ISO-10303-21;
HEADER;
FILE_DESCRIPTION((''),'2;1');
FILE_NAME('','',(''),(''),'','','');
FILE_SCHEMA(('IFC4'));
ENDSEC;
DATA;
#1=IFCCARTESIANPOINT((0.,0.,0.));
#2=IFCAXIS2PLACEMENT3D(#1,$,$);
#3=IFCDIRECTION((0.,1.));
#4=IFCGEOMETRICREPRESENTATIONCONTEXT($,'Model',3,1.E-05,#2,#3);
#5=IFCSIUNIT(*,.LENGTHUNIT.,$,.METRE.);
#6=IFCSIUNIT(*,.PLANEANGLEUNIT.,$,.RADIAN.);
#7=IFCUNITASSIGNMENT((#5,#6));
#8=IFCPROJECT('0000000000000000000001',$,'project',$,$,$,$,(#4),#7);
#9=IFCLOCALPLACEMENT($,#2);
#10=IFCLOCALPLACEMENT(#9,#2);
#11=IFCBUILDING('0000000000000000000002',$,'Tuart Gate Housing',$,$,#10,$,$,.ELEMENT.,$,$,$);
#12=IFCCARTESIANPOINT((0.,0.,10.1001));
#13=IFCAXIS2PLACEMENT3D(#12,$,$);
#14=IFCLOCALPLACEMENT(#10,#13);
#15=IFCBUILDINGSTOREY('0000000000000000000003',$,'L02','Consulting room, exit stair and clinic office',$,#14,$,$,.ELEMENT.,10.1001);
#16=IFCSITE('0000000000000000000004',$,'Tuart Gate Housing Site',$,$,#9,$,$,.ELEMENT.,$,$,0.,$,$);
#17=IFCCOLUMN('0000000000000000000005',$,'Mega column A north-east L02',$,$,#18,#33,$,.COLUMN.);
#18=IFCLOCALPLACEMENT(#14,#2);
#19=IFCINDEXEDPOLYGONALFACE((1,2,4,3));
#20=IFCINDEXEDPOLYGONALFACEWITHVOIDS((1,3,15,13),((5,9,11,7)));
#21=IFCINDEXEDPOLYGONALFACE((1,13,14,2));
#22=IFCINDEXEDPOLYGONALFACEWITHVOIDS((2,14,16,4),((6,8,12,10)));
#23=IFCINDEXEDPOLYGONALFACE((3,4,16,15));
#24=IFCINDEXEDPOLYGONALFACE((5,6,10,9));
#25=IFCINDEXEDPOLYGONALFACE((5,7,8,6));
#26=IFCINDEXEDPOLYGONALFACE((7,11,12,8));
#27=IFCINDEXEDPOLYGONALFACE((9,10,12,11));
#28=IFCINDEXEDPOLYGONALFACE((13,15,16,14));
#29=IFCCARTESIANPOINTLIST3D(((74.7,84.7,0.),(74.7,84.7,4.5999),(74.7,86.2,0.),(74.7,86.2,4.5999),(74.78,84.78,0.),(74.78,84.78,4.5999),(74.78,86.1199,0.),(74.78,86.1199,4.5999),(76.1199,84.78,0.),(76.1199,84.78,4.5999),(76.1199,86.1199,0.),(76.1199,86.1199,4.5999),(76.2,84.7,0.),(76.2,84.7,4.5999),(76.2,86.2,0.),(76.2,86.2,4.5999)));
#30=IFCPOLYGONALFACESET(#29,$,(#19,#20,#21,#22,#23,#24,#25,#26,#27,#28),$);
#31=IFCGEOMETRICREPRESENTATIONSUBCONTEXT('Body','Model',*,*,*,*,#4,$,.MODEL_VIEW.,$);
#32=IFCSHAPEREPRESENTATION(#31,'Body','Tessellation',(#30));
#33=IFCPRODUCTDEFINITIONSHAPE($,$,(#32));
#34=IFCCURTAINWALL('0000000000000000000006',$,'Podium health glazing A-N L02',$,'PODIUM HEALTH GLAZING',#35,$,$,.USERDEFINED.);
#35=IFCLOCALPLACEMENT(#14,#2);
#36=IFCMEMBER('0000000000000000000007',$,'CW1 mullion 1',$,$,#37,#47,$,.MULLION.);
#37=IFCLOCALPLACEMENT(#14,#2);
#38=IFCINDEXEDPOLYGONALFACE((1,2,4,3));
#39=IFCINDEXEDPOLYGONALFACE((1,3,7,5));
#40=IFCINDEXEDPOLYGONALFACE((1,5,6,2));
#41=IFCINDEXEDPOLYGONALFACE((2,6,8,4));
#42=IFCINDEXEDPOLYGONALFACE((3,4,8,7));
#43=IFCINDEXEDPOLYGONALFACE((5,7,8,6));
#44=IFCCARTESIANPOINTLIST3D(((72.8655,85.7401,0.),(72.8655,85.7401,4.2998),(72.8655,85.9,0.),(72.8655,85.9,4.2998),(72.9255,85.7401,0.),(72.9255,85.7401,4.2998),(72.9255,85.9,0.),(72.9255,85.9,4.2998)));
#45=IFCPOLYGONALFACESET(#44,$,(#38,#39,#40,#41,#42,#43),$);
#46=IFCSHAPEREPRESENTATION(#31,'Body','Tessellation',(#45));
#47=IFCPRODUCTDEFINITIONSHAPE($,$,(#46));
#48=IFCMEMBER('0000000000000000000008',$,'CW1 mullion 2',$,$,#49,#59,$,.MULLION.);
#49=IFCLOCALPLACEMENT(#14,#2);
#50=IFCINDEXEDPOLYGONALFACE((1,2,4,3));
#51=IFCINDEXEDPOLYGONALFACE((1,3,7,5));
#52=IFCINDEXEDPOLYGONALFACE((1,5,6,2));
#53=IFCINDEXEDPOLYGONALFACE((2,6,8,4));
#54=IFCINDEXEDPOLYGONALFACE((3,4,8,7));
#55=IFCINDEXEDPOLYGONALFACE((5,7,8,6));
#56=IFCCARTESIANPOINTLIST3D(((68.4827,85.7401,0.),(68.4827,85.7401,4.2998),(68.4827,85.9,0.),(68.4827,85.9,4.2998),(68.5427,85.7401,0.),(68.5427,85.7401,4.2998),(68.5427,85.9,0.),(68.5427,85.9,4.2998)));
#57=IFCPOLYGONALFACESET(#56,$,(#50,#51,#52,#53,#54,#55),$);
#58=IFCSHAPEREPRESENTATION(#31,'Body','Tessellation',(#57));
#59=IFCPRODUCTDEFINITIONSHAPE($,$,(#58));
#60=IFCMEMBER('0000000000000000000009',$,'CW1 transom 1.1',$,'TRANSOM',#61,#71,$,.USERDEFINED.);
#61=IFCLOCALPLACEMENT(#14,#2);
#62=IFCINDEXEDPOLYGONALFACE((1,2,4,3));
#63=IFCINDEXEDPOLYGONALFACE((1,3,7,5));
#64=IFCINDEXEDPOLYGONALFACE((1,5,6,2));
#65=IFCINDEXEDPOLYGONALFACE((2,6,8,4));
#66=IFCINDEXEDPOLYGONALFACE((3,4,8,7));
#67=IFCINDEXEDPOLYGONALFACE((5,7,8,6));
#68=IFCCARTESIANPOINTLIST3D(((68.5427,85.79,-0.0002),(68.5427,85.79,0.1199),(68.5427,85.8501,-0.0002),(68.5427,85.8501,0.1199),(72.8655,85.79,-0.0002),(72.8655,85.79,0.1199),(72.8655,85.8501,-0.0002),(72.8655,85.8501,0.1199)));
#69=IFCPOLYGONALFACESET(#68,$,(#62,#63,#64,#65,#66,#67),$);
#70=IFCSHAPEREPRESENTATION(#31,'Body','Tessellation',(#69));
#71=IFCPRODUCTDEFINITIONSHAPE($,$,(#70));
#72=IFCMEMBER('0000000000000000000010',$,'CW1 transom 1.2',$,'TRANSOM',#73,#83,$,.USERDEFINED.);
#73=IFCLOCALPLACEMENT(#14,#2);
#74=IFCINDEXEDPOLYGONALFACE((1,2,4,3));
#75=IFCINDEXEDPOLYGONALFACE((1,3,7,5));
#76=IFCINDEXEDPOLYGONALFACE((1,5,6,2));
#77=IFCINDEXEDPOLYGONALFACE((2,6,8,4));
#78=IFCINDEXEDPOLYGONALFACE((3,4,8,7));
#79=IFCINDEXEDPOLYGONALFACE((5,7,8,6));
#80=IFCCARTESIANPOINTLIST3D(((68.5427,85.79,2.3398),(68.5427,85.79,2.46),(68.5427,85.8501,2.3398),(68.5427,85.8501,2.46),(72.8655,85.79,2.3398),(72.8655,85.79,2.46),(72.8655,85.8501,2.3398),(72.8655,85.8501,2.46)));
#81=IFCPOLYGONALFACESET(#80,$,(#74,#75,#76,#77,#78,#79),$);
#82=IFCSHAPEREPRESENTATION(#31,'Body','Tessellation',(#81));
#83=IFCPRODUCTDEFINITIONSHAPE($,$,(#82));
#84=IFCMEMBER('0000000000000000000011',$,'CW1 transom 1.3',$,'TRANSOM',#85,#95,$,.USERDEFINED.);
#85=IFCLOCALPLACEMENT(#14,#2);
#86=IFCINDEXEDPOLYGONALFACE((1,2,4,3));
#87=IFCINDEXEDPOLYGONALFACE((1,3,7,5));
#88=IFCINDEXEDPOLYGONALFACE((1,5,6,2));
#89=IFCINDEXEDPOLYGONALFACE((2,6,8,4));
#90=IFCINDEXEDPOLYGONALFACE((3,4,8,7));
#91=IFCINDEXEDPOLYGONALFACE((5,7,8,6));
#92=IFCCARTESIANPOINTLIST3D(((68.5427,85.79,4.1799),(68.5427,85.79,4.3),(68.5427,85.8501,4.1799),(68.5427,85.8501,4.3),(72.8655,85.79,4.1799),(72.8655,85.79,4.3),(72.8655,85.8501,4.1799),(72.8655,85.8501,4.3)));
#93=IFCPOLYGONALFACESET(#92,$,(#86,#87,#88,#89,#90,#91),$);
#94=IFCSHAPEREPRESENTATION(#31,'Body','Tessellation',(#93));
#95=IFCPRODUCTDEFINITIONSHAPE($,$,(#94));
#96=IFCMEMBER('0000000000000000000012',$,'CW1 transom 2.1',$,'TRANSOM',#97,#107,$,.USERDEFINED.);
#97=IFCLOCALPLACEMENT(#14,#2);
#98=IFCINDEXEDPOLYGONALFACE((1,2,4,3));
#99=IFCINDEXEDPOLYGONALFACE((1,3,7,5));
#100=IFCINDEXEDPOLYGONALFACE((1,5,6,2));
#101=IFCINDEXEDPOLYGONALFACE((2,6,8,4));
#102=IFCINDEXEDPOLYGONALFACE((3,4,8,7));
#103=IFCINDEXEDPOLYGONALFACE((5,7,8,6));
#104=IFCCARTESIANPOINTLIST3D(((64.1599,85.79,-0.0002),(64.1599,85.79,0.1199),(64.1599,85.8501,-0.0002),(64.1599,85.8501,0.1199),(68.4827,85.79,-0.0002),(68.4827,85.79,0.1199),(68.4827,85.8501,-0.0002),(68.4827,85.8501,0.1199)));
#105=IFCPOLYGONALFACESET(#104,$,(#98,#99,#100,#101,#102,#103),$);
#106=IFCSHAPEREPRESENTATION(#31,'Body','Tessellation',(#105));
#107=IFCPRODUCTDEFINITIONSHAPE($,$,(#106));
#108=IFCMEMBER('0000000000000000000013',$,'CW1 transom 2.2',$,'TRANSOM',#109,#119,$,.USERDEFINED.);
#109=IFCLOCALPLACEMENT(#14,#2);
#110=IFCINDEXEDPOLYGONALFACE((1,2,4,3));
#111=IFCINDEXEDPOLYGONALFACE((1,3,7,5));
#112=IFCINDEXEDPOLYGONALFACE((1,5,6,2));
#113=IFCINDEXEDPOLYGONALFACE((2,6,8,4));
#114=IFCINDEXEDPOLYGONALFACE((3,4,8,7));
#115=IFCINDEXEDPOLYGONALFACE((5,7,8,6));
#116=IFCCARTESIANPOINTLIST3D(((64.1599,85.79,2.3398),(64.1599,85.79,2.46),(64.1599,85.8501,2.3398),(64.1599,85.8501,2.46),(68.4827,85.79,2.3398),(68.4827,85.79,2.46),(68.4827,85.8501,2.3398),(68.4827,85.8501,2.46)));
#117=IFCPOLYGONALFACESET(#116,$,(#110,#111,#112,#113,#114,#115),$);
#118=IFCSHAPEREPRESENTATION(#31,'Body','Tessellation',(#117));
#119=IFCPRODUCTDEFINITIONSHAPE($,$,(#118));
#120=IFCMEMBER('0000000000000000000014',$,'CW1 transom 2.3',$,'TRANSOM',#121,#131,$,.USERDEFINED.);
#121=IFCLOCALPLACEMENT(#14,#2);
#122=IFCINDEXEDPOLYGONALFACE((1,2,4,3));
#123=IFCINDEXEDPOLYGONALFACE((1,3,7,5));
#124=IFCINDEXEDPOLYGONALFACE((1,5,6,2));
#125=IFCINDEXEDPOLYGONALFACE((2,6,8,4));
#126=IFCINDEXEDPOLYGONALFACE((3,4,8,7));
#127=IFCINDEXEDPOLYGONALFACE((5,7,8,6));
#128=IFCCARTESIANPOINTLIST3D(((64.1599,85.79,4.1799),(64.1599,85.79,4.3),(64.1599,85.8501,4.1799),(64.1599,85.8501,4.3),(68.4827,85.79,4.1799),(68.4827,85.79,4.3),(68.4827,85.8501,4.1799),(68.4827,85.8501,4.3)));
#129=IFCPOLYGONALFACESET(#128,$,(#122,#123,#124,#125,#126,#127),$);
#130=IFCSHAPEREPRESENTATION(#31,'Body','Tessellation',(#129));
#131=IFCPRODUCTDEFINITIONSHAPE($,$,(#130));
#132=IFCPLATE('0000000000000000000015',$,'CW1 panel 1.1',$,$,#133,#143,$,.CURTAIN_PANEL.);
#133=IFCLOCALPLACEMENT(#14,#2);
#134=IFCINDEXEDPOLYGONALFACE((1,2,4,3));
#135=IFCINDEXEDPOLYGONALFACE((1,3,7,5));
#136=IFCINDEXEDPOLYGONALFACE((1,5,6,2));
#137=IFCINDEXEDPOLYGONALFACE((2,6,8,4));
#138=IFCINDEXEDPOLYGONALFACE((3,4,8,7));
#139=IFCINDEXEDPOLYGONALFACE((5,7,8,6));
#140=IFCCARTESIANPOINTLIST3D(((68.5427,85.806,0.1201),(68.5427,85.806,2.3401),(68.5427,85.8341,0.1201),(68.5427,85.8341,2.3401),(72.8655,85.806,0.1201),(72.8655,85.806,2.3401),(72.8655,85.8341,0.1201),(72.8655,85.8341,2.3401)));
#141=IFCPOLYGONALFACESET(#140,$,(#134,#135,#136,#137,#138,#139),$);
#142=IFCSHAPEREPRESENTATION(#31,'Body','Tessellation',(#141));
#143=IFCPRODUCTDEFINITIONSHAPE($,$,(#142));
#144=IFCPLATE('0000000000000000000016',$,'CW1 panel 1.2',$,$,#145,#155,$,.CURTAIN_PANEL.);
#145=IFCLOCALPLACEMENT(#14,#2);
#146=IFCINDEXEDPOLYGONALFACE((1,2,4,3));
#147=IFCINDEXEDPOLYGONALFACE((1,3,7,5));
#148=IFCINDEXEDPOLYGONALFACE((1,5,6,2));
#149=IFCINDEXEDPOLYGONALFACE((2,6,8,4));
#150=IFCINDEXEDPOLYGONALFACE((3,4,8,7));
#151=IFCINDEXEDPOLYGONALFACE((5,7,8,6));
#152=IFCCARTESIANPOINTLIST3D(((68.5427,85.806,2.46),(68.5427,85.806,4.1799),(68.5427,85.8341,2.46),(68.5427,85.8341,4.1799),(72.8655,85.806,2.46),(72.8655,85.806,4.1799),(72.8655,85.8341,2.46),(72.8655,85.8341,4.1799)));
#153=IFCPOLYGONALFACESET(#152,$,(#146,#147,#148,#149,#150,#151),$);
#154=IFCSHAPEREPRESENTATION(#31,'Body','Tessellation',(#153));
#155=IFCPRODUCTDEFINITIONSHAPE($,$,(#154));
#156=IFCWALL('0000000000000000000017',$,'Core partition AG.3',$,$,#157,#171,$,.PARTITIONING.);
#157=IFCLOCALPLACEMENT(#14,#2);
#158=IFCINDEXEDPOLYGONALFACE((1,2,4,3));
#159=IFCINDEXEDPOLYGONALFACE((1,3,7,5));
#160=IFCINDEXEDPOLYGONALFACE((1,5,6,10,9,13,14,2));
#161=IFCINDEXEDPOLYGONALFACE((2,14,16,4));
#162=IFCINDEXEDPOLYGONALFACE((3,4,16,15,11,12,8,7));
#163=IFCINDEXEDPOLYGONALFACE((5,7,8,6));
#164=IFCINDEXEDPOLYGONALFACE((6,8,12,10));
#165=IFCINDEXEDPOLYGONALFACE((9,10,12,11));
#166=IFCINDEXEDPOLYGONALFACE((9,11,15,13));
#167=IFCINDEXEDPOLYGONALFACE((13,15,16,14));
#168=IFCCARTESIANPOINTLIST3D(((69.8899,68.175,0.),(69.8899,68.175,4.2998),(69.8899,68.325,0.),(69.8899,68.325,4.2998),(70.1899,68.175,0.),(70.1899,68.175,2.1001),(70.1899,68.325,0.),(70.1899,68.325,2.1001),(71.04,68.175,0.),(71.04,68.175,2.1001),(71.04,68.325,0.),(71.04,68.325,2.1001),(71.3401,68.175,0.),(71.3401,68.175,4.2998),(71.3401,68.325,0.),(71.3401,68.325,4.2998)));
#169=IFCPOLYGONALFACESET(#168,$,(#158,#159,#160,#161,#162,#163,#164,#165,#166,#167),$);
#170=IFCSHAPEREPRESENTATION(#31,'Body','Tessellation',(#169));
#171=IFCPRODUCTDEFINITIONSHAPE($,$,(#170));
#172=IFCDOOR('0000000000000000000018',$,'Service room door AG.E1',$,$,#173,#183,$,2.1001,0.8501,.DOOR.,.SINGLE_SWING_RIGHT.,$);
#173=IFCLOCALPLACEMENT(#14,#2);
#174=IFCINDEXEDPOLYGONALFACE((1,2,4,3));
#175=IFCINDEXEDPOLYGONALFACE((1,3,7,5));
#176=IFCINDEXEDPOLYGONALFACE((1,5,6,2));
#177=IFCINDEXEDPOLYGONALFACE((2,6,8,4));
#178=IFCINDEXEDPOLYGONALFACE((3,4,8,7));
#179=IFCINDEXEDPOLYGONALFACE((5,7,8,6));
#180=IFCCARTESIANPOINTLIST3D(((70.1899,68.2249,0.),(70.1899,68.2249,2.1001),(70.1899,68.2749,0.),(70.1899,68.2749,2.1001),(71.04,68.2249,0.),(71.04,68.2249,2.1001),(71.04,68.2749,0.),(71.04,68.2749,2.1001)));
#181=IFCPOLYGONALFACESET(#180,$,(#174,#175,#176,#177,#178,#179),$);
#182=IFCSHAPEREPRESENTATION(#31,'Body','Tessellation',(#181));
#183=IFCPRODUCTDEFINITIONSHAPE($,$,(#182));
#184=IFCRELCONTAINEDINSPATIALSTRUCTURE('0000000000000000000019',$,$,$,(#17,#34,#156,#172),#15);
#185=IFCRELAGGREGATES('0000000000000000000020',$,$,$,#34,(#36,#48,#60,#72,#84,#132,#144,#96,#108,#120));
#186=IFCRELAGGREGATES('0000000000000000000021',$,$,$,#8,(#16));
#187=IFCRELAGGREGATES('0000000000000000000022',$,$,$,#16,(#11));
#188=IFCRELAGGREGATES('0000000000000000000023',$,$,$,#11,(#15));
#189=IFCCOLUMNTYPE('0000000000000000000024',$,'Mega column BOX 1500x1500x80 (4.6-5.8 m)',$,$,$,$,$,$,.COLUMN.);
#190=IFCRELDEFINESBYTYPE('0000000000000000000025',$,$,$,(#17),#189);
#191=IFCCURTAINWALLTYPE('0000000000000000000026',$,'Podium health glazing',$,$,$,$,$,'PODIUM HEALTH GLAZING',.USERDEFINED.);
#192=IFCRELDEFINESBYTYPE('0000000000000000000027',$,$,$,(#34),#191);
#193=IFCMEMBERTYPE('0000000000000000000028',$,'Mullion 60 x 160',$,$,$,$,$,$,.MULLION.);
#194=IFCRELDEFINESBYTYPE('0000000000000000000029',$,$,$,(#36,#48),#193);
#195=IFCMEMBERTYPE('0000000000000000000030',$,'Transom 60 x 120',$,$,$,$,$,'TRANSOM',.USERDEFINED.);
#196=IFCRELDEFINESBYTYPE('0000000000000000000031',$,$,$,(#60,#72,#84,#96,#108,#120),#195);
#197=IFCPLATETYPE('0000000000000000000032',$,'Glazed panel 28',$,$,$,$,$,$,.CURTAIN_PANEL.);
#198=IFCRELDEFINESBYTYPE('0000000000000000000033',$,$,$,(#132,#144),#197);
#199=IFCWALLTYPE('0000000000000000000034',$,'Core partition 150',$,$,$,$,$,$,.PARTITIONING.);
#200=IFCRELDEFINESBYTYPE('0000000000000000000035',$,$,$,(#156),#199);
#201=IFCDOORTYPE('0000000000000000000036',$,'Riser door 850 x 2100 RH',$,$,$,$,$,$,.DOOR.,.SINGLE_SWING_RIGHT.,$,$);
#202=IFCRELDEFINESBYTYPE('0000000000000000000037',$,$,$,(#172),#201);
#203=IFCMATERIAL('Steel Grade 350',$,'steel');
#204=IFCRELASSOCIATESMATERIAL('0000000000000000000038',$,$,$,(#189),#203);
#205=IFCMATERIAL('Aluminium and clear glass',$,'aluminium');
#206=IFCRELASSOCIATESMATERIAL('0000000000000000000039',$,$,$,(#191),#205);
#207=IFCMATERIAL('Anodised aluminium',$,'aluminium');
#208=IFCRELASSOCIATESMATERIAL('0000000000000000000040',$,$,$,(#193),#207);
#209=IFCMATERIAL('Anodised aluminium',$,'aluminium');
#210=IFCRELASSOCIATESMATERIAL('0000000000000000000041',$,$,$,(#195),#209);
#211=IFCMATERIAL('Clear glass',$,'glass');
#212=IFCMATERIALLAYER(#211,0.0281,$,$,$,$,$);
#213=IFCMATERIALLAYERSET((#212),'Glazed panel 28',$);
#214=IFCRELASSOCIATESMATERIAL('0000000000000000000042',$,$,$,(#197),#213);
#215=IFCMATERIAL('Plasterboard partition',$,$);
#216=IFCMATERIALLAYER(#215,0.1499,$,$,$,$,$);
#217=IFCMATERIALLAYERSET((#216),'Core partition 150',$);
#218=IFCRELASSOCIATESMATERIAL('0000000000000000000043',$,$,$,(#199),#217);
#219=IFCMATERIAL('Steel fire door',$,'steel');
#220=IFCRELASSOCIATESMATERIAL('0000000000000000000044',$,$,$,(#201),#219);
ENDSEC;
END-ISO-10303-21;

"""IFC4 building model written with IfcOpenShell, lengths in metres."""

from ifc_helpers import new_model, si_unit, direction, frame, frame_2d, origin, origin_2d, place, context, subcontext, project, spatial, rectangle, hollow_rectangle, extrude, material, layer, layer_set, material_profile, profile_set, type_object, element, fill, aggregate, save


model = new_model("IFC4")

# Units and contexts
model_context = context("Model", 3, precision=1e-05, world=origin(), true_north=direction((0.0, 1.0)))
body_context = subcontext(model_context, "Body", "Model", "MODEL_VIEW")
ifc_project = project(units=[si_unit("LENGTHUNIT", "METRE"), si_unit("PLANEANGLEUNIT", "RADIAN")], contexts=[model_context])

# Site, building, storey
site_placement = place(None, origin())
site = spatial("IfcSite", under=ifc_project, at=site_placement, Name="Tuart Gate Housing Site", CompositionType="ELEMENT", RefElevation=0.0)
building_placement = place(site_placement, origin())
building = spatial("IfcBuilding", under=site, at=building_placement, Name="Tuart Gate Housing", CompositionType="ELEMENT")
storey_placement = place(building_placement, frame((0.0, 0.0, 10.1001)))
storey = spatial("IfcBuildingStorey", under=building, at=storey_placement, Name="L02", Description="Consulting room, exit stair and clinic office", CompositionType="ELEMENT", Elevation=10.1001)

# Column
ifc_material_1 = material(Name="Steel Grade 350", Category="steel")
ifc_material_profile_1 = material_profile(ifc_material_1, hollow_rectangle(XDim=1.5, YDim=1.5, WallThickness=0.0801, at=origin_2d()), Name="BOX 1500x1500x80")
ifc_profile_set_1 = profile_set([ifc_material_profile_1], Name="Steel Grade 350")
column_type = type_object("IfcColumnType", Name="Mega column BOX 1500x1500x80 (4.6-5.8 m)", PredefinedType="COLUMN", material=ifc_profile_set_1)
column_placement = place(storey_placement, frame((75.45, 85.45, 0.0), z_axis=(0.0, 0.0, 1.0), x_axis=(1.0, 0.0, 0.0)))
element("IfcColumn", 1, at=column_placement, inside=storey, type_object=column_type, Name="Mega column A north-east L02", PredefinedType="COLUMN", context=body_context, shape_type="SweptSolid", body=[
    extrude(hollow_rectangle(XDim=1.5, YDim=1.5, WallThickness=0.0801, at=origin_2d()), origin(), (0.0, 0.0, 1.0), 4.5999),
])

# Curtain wall, members, plates
ifc_material_2 = material(Name="Aluminium and clear glass", Category="aluminium")
curtain_wall_type = type_object("IfcCurtainWallType", Name="Podium health glazing", ElementType="PODIUM HEALTH GLAZING", PredefinedType="USERDEFINED", material=ifc_material_2)
curtain_wall_placement = place(storey_placement, origin())
curtain_wall = element("IfcCurtainWall", 2, at=curtain_wall_placement, inside=storey, type_object=curtain_wall_type, Name="Podium health glazing A-N L02", ObjectType="PODIUM HEALTH GLAZING", PredefinedType="USERDEFINED")
ifc_material_3 = material(Name="Anodised aluminium", Category="aluminium")
ifc_material_profile_2 = material_profile(ifc_material_3, rectangle(XDim=0.0601, YDim=0.1599, at=origin_2d()), Name="60x160")
ifc_profile_set_2 = profile_set([ifc_material_profile_2], Name="Anodised aluminium")
member_type_1 = type_object("IfcMemberType", Name="Mullion 60 x 160", PredefinedType="MULLION", material=ifc_profile_set_2)
member_1_placement = place(storey_placement, frame((72.8955, 85.8201, 0.0), z_axis=(0.0, 0.0, 1.0), x_axis=(-1.0, 0.0, 0.0)))
member_1 = element("IfcMember", 3, at=member_1_placement, type_object=member_type_1, Name="CW1 mullion 1", PredefinedType="MULLION", context=body_context, shape_type="SweptSolid", body=[
    extrude(rectangle(XDim=0.0601, YDim=0.1599, at=origin_2d()), origin(), (0.0, 0.0, 1.0), 4.2998),
])
member_2_placement = place(storey_placement, frame((68.5127, 85.8201, 0.0), z_axis=(0.0, 0.0, 1.0), x_axis=(-1.0, 0.0, 0.0)))
member_2 = element("IfcMember", 4, at=member_2_placement, type_object=member_type_1, Name="CW1 mullion 2", PredefinedType="MULLION", context=body_context, shape_type="SweptSolid", body=[
    extrude(rectangle(XDim=0.0601, YDim=0.1599, at=origin_2d()), origin(), (0.0, 0.0, 1.0), 4.2998),
])
ifc_material_4 = material(Name="Anodised aluminium", Category="aluminium")
ifc_material_profile_3 = material_profile(ifc_material_4, rectangle(XDim=0.0601, YDim=0.1201, at=origin_2d()), Name="60x120")
ifc_profile_set_3 = profile_set([ifc_material_profile_3], Name="Anodised aluminium")
member_type_2 = type_object("IfcMemberType", Name="Transom 60 x 120", ElementType="TRANSOM", PredefinedType="USERDEFINED", material=ifc_profile_set_3)
member_3_placement = place(storey_placement, frame((72.8655, 85.8201, 0.0598), z_axis=(-1.0, 0.0, 0.0), x_axis=(0.0, -1.0, 0.0)))
member_3 = element("IfcMember", 5, at=member_3_placement, type_object=member_type_2, Name="CW1 transom 1.1", ObjectType="TRANSOM", PredefinedType="USERDEFINED", context=body_context, shape_type="SweptSolid", body=[
    extrude(rectangle(XDim=0.0601, YDim=0.1201, at=origin_2d()), origin(), (0.0, 0.0, 1.0), 4.3228),
])
member_4_placement = place(storey_placement, frame((72.8655, 85.8201, 2.3999), z_axis=(-1.0, 0.0, 0.0), x_axis=(0.0, -1.0, 0.0)))
member_4 = element("IfcMember", 6, at=member_4_placement, type_object=member_type_2, Name="CW1 transom 1.2", ObjectType="TRANSOM", PredefinedType="USERDEFINED", context=body_context, shape_type="SweptSolid", body=[
    extrude(rectangle(XDim=0.0601, YDim=0.1201, at=origin_2d()), origin(), (0.0, 0.0, 1.0), 4.3228),
])
member_5_placement = place(storey_placement, frame((72.8655, 85.8201, 4.24), z_axis=(-1.0, 0.0, 0.0), x_axis=(0.0, -1.0, 0.0)))
member_5 = element("IfcMember", 7, at=member_5_placement, type_object=member_type_2, Name="CW1 transom 1.3", ObjectType="TRANSOM", PredefinedType="USERDEFINED", context=body_context, shape_type="SweptSolid", body=[
    extrude(rectangle(XDim=0.0601, YDim=0.1201, at=origin_2d()), origin(), (0.0, 0.0, 1.0), 4.3228),
])
member_6_placement = place(storey_placement, frame((68.4827, 85.8201, 0.0598), z_axis=(-1.0, 0.0, 0.0), x_axis=(0.0, -1.0, 0.0)))
member_6 = element("IfcMember", 8, at=member_6_placement, type_object=member_type_2, Name="CW1 transom 2.1", ObjectType="TRANSOM", PredefinedType="USERDEFINED", context=body_context, shape_type="SweptSolid", body=[
    extrude(rectangle(XDim=0.0601, YDim=0.1201, at=origin_2d()), origin(), (0.0, 0.0, 1.0), 4.3228),
])
member_7_placement = place(storey_placement, frame((68.4827, 85.8201, 2.3999), z_axis=(-1.0, 0.0, 0.0), x_axis=(0.0, -1.0, 0.0)))
member_7 = element("IfcMember", 9, at=member_7_placement, type_object=member_type_2, Name="CW1 transom 2.2", ObjectType="TRANSOM", PredefinedType="USERDEFINED", context=body_context, shape_type="SweptSolid", body=[
    extrude(rectangle(XDim=0.0601, YDim=0.1201, at=origin_2d()), origin(), (0.0, 0.0, 1.0), 4.3228),
])
member_8_placement = place(storey_placement, frame((68.4827, 85.8201, 4.24), z_axis=(-1.0, 0.0, 0.0), x_axis=(0.0, -1.0, 0.0)))
member_8 = element("IfcMember", 10, at=member_8_placement, type_object=member_type_2, Name="CW1 transom 2.3", ObjectType="TRANSOM", PredefinedType="USERDEFINED", context=body_context, shape_type="SweptSolid", body=[
    extrude(rectangle(XDim=0.0601, YDim=0.1201, at=origin_2d()), origin(), (0.0, 0.0, 1.0), 4.3228),
])
ifc_material_5 = material(Name="Clear glass", Category="glass")
ifc_layer_1 = layer(ifc_material_5, 0.0281)
ifc_layer_set_1 = layer_set([ifc_layer_1], Name="Glazed panel 28")
plate_type = type_object("IfcPlateType", Name="Glazed panel 28", PredefinedType="CURTAIN_PANEL", material=ifc_layer_set_1)
plate_1_placement = place(storey_placement, frame((70.7041, 85.8201, 0.1201), z_axis=(0.0, 0.0, 1.0), x_axis=(-1.0, 0.0, 0.0)))
plate_1 = element("IfcPlate", 11, at=plate_1_placement, type_object=plate_type, Name="CW1 panel 1.1", PredefinedType="CURTAIN_PANEL", context=body_context, shape_type="SweptSolid", body=[
    extrude(rectangle(XDim=4.3228, YDim=0.0281, at=origin_2d()), origin(), (0.0, 0.0, 1.0), 2.22),
])
plate_2_placement = place(storey_placement, frame((70.7041, 85.8201, 2.46), z_axis=(0.0, 0.0, 1.0), x_axis=(-1.0, 0.0, 0.0)))
plate_2 = element("IfcPlate", 12, at=plate_2_placement, type_object=plate_type, Name="CW1 panel 1.2", PredefinedType="CURTAIN_PANEL", context=body_context, shape_type="SweptSolid", body=[
    extrude(rectangle(XDim=4.3228, YDim=0.0281, at=origin_2d()), origin(), (0.0, 0.0, 1.0), 1.72),
])
aggregate(curtain_wall, [member_1, member_2, member_3, member_4, member_5, plate_1, plate_2, member_6, member_7, member_8])

# Wall, opening, door
ifc_material_6 = material(Name="Plasterboard partition")
ifc_layer_2 = layer(ifc_material_6, 0.1499)
ifc_layer_set_2 = layer_set([ifc_layer_2], Name="Core partition 150")
wall_type_1 = type_object("IfcWallType", Name="Core partition 150", PredefinedType="PARTITIONING", material=ifc_layer_set_2)
wall_1_placement = place(storey_placement, frame((69.8899, 68.25, 0.0), z_axis=(0.0, 0.0, 1.0), x_axis=(1.0, 0.0, 0.0)))
wall_1 = element("IfcWall", 13, at=wall_1_placement, inside=storey, type_object=wall_type_1, Name="Core partition AG.3", PredefinedType="PARTITIONING", context=body_context, shape_type="SweptSolid", body=[
    extrude(rectangle(XDim=1.4502, YDim=0.1499, at=frame_2d((0.7251, 0.0))), origin(), (0.0, 0.0, 1.0), 4.2998),
])
opening_1_placement = place(wall_1_placement, frame((0.3, 0.0, 0.0)))
opening_1 = element("IfcOpeningElement", 14, at=opening_1_placement, cuts=wall_1, PredefinedType="OPENING", context=body_context, shape_type="SweptSolid", body=[
    extrude(rectangle(XDim=0.8501, YDim=2.1001, at=frame_2d((0.425, 1.05))), frame((0.0, 0.085, 0.0), z_axis=(0.0, -1.0, 0.0), x_axis=(1.0, 0.0, 0.0)), (0.0, 0.0, 1.0), 0.1699),
])
ifc_material_7 = material(Name="Steel fire door", Category="steel")
door_type_1 = type_object("IfcDoorType", Name="Riser door 850 x 2100 RH", OperationType="SINGLE_SWING_RIGHT", PredefinedType="DOOR", material=ifc_material_7)
door_1_placement = place(opening_1_placement, frame((0.8501, 0.0, 0.0), z_axis=(0.0, 0.0, 1.0), x_axis=(-1.0, 0.0, 0.0)))
door_1 = element("IfcDoor", 15, at=door_1_placement, inside=storey, type_object=door_type_1, Name="Service room door AG.E1", OperationType="SINGLE_SWING_RIGHT", OverallHeight=2.1001, OverallWidth=0.8501, PredefinedType="DOOR", context=body_context, shape_type="SweptSolid", body=[
    extrude(rectangle(XDim=0.8501, YDim=2.1001, at=frame_2d((0.425, 1.05))), frame((0.0, 0.0251, 0.0), z_axis=(0.0, -1.0, 0.0), x_axis=(1.0, 0.0, 0.0)), (0.0, 0.0, 1.0), 0.05),
])
fill(opening_1, door_1)

save(model, "model.ifc")
